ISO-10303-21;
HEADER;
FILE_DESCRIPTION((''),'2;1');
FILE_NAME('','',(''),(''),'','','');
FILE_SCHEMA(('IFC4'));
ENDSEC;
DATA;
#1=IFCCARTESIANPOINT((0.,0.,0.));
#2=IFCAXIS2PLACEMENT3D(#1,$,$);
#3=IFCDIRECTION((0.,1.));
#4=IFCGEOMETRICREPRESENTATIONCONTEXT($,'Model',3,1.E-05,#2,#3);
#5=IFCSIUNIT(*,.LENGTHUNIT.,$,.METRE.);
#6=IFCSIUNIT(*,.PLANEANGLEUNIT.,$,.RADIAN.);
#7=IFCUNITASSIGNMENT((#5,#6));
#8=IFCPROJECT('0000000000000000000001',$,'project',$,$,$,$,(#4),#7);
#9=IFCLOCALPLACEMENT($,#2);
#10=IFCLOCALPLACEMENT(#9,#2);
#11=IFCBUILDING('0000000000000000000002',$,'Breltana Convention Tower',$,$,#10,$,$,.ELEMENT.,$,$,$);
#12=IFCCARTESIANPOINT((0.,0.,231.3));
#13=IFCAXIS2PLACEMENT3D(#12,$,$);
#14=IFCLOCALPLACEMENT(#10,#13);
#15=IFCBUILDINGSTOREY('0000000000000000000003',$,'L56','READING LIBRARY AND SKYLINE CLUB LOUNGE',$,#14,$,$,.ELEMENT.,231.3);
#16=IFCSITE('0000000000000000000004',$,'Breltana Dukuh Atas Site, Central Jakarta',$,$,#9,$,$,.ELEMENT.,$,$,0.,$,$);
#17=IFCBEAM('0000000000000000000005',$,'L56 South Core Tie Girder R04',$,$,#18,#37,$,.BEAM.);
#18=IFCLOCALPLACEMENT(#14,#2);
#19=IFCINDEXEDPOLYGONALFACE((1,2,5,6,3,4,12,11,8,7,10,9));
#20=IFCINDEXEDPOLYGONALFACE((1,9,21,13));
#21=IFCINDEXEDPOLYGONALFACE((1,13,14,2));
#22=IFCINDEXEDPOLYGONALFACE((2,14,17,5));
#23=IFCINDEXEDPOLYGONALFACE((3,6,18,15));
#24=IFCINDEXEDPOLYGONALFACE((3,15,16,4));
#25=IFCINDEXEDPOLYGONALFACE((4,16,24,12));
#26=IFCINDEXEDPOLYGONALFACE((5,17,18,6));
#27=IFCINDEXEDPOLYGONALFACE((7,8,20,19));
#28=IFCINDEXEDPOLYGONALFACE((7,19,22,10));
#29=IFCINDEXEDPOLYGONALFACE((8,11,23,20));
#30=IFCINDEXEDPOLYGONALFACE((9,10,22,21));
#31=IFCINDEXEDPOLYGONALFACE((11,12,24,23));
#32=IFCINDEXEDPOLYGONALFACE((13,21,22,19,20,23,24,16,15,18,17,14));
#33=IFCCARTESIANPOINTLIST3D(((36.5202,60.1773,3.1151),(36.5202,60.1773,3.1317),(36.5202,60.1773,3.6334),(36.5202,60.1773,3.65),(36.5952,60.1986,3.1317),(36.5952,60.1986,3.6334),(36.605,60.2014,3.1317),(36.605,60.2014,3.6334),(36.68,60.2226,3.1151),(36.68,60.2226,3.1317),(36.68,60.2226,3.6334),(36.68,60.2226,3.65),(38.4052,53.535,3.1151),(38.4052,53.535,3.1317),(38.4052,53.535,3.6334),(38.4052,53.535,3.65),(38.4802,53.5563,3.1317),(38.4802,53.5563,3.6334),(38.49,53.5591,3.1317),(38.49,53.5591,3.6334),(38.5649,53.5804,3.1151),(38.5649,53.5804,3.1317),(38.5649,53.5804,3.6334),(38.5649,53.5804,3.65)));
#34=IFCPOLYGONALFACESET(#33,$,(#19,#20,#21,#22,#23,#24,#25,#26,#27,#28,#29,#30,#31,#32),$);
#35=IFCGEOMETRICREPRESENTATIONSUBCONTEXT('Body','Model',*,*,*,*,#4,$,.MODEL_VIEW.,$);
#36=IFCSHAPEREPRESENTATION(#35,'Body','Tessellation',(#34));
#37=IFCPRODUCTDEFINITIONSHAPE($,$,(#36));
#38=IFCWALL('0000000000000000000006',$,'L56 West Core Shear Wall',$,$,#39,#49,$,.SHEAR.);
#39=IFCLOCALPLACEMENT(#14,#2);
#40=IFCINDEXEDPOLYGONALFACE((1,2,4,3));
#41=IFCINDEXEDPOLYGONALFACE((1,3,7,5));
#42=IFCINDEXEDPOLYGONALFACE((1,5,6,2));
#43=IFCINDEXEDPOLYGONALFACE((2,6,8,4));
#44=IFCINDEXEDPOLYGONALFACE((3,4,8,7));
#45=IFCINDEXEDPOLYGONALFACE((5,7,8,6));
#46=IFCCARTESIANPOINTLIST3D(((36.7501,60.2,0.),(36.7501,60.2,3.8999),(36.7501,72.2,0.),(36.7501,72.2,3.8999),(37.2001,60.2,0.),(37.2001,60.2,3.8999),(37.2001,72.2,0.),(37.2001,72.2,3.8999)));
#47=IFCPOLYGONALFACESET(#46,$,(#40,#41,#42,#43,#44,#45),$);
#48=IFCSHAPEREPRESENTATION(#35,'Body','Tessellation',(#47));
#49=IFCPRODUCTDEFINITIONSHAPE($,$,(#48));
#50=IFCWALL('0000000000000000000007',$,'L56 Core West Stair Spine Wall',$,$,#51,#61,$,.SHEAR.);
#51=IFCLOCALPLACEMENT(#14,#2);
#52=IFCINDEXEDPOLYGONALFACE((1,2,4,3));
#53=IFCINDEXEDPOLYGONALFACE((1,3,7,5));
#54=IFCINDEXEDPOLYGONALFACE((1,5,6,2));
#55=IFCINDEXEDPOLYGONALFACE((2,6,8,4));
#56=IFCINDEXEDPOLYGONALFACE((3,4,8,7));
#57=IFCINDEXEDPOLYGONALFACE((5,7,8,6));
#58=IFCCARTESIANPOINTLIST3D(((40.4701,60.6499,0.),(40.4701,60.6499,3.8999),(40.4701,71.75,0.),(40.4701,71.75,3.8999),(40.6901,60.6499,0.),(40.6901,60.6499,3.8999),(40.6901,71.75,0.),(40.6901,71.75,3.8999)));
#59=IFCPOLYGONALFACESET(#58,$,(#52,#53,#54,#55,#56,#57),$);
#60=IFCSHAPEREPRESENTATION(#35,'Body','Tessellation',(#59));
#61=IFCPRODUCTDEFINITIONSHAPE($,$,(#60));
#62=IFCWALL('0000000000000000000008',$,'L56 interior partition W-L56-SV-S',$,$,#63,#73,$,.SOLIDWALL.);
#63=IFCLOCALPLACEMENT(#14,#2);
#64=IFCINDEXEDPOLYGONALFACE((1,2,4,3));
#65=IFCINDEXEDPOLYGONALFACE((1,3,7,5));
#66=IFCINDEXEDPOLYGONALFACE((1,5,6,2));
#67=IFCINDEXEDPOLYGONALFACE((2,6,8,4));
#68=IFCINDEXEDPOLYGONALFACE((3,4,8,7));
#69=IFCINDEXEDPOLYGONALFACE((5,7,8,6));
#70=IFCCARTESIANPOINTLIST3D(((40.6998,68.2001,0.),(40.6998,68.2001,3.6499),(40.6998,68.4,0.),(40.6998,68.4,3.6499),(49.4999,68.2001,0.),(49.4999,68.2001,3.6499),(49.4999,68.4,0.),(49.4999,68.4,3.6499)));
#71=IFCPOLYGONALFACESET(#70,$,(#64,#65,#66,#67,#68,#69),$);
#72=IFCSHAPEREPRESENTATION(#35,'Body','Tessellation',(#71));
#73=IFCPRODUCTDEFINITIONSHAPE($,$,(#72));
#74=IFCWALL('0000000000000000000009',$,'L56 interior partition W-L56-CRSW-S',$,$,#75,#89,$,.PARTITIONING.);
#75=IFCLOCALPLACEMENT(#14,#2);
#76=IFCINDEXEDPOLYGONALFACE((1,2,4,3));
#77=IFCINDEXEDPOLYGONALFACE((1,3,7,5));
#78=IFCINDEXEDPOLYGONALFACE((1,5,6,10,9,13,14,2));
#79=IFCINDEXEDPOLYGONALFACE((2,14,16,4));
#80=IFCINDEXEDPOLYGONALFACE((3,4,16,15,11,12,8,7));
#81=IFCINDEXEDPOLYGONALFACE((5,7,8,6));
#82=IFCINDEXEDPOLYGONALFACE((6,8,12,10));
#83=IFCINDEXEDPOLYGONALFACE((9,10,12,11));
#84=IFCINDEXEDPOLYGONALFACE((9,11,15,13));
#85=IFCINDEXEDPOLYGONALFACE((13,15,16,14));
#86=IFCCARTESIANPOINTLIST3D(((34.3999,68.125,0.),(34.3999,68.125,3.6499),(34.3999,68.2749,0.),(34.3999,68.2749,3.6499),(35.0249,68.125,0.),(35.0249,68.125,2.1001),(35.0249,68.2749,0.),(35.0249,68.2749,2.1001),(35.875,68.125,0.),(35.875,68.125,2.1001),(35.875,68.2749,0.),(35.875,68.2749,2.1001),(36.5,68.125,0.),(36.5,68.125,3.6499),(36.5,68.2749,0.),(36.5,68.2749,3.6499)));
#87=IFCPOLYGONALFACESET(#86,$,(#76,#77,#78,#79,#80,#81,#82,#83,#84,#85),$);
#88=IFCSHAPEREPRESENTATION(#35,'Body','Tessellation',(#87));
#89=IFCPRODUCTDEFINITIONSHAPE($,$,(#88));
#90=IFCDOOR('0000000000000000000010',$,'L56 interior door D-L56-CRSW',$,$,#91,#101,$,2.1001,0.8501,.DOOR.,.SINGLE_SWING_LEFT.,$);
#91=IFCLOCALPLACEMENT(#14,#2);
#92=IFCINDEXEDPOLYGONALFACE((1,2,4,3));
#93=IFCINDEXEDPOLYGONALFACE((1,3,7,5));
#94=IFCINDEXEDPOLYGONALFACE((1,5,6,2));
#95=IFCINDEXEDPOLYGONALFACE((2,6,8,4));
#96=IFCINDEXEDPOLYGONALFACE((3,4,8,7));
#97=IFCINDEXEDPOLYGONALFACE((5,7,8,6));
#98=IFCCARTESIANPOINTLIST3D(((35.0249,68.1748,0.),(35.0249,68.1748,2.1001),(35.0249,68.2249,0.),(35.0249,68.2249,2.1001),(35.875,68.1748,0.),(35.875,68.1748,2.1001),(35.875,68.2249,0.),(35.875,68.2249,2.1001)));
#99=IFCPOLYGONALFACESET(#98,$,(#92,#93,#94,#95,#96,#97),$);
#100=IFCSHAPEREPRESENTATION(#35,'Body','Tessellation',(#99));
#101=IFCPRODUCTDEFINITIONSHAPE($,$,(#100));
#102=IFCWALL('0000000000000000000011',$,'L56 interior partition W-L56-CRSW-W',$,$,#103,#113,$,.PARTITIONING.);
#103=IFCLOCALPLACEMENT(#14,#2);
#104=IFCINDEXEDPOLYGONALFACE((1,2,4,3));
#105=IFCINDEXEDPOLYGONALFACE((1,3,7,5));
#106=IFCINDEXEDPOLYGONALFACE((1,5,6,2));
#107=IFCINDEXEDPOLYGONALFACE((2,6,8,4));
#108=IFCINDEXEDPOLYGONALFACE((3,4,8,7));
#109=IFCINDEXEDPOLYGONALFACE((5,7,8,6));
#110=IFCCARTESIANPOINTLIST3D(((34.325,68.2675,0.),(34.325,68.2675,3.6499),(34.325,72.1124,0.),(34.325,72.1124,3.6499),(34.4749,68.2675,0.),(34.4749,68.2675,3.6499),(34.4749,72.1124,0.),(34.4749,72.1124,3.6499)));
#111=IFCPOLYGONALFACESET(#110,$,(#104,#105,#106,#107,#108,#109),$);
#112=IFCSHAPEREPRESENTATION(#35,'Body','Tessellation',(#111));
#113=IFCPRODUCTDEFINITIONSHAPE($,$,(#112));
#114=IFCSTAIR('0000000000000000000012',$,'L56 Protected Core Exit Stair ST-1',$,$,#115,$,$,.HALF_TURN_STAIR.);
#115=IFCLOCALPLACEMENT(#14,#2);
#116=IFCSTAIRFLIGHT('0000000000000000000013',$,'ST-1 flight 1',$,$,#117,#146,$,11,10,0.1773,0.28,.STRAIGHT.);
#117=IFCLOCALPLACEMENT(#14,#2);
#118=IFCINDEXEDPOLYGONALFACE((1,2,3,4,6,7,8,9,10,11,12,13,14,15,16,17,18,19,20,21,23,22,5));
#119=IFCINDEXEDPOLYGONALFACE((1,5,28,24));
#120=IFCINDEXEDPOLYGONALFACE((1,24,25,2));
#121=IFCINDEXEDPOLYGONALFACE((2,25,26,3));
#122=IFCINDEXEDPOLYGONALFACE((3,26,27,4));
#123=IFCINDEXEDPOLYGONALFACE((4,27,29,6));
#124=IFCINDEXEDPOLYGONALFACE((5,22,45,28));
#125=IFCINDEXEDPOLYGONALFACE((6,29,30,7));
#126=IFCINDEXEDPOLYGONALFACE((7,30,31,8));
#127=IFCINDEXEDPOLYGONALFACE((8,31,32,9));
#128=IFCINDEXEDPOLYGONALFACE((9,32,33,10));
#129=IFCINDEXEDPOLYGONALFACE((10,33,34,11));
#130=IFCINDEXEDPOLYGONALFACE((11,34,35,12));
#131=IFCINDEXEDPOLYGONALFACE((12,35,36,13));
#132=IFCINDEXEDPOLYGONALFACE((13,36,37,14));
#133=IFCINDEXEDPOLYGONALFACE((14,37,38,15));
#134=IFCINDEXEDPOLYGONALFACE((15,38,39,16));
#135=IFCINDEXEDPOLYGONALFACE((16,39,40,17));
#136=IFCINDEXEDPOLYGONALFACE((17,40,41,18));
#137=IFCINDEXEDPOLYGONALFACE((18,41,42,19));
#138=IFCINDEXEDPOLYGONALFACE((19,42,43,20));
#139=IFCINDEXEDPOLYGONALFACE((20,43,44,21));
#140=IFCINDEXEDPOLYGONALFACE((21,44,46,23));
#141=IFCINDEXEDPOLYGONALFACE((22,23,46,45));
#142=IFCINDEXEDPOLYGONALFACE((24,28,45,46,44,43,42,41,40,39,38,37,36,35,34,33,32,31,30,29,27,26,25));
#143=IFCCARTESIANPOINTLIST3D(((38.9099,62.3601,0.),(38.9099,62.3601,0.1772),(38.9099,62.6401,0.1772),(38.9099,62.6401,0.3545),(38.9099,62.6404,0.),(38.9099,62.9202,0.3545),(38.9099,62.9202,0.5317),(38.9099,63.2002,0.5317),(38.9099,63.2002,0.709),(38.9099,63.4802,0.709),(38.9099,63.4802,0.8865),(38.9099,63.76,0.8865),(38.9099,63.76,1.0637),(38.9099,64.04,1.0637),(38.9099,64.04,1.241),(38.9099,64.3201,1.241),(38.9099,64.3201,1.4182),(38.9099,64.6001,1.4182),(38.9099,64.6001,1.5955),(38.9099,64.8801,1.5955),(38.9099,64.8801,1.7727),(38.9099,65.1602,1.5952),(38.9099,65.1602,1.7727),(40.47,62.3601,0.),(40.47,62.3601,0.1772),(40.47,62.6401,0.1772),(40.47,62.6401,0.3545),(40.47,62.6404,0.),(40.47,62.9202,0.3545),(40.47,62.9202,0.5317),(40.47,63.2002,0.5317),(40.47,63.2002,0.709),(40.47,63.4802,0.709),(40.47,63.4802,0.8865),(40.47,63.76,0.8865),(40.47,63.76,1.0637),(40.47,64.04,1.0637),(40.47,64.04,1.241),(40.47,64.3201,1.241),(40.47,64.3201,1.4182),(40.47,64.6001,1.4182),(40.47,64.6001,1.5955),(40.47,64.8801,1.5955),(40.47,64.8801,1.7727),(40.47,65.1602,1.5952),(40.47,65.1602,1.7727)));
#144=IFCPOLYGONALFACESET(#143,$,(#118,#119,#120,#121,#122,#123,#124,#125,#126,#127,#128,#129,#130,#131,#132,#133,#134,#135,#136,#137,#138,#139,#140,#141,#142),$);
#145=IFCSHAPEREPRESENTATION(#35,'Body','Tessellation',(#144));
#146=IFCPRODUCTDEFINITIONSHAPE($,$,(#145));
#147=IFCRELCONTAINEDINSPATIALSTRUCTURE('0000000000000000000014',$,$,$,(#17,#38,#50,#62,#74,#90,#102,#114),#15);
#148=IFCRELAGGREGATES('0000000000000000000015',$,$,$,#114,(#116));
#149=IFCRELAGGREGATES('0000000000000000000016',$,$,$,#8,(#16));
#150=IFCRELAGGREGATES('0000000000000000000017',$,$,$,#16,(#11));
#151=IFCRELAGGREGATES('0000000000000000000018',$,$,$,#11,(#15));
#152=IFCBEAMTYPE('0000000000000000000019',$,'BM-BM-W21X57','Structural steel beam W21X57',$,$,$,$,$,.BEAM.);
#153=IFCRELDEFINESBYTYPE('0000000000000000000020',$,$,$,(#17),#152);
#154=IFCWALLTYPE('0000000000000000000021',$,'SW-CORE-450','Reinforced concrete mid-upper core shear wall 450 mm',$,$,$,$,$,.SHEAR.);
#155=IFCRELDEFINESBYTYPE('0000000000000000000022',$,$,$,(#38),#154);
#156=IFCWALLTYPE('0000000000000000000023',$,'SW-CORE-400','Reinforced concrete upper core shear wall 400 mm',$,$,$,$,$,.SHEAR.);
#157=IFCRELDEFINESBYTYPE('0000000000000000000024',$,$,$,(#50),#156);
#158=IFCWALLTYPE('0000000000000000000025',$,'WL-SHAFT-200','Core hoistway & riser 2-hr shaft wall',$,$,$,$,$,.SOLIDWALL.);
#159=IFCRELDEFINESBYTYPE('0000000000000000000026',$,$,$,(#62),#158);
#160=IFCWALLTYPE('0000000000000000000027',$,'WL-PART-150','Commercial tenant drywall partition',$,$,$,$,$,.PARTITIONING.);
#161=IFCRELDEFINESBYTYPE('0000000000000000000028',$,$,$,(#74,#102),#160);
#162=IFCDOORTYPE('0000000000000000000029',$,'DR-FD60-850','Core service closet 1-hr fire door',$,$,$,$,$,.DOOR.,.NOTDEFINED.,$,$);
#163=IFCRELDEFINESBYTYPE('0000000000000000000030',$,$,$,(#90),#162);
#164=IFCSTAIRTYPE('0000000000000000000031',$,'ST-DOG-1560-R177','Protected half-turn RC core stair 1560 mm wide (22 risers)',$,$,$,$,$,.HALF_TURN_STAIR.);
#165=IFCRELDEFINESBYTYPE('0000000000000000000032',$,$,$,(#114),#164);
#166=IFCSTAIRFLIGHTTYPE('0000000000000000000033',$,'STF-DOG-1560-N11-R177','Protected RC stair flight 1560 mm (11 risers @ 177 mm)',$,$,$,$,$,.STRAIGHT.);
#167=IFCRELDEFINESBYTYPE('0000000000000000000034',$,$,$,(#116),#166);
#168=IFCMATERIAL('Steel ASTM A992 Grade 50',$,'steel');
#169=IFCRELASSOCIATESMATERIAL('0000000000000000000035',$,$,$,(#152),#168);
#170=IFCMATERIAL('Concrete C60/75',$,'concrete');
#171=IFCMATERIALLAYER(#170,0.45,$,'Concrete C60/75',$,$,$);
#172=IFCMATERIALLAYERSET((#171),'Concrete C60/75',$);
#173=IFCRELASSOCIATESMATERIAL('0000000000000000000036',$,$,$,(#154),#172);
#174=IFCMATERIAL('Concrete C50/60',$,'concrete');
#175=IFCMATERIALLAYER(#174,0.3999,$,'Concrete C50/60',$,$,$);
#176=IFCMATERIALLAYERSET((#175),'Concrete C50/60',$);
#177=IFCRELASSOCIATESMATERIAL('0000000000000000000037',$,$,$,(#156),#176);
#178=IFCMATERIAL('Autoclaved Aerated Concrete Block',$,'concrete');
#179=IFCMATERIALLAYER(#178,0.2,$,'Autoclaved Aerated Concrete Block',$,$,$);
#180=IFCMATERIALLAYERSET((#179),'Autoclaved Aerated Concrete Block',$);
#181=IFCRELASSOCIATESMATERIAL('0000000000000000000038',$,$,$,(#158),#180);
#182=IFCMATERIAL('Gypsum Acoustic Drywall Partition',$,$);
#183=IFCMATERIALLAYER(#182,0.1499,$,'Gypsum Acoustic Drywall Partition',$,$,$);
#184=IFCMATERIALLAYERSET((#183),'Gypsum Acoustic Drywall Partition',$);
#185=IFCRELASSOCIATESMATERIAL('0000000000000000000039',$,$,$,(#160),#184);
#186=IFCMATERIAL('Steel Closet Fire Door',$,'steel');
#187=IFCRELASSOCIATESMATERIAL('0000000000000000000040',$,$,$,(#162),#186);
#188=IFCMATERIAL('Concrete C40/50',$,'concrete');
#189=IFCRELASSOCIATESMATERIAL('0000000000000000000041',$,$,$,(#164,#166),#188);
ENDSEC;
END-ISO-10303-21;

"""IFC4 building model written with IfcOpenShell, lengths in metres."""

from ifc_helpers import new_model, si_unit, direction, frame, frame_2d, origin, origin_2d, place, context, subcontext, project, spatial, polyline, rectangle, i_section, outline, extrude, source, transform, mapped, material, layer, layer_set, material_profile, profile_set, type_object, type_shapes, element, fill, aggregate, save


model = new_model("IFC4")

# Units and contexts
model_context = context("Model", 3, precision=1e-05, world=origin(), true_north=direction((0.0, 1.0)))
body_context = subcontext(model_context, "Body", "Model", "MODEL_VIEW")
ifc_project = project(units=[si_unit("LENGTHUNIT", "METRE"), si_unit("PLANEANGLEUNIT", "RADIAN")], contexts=[model_context])

# Site, building, storey
site_placement = place(None, origin())
site = spatial("IfcSite", under=ifc_project, at=site_placement, Name="Breltana Dukuh Atas Site, Central Jakarta", CompositionType="ELEMENT", RefElevation=0.0)
building_placement = place(site_placement, origin())
building = spatial("IfcBuilding", under=site, at=building_placement, Name="Breltana Convention Tower", CompositionType="ELEMENT")
storey_placement = place(building_placement, frame((0.0, 0.0, 231.3)))
storey = spatial("IfcBuildingStorey", under=building, at=storey_placement, Name="L56", Description="READING LIBRARY AND SKYLINE CLUB LOUNGE", CompositionType="ELEMENT", Elevation=231.3)

# Beam
ifc_material_1 = material(Name="Steel ASTM A992 Grade 50", Category="steel")
ifc_material_profile = material_profile(ifc_material_1, i_section(OverallWidth=0.166, OverallDepth=0.5349, WebThickness=0.0103, FlangeThickness=0.0166, at=origin_2d()), Name="W21X57")
ifc_profile_set = profile_set([ifc_material_profile], Name="Steel ASTM A992 Grade 50")
beam_type = type_object("IfcBeamType", Name="BM-BM-W21X57", Description="Structural steel beam W21X57", PredefinedType="BEAM", material=ifc_profile_set)
shared_shape_1 = source(origin(), body_context, "Body", "SweptSolid", [
    extrude(i_section(OverallWidth=0.166, OverallDepth=0.5349, WebThickness=0.0103, FlangeThickness=0.0166, at=origin_2d()), origin(), (0.0, 0.0, 1.0), 6.9045),
])
type_shapes(beam_type, [shared_shape_1])
beam_placement = place(storey_placement, frame((36.6001, 60.2, 3.3826), z_axis=(0.273007, -0.962012, 0.0), x_axis=(0.962012, 0.273007, 0.0)))
element("IfcBeam", 1, at=beam_placement, inside=storey, type_object=beam_type, Name="L56 South Core Tie Girder R04", PredefinedType="BEAM", context=body_context, shape_type="MappedRepresentation", body=[
    mapped(shared_shape_1, transform((0.0, 0.0, 0.0), scale=1.0)),
])

# Wall
ifc_material_2 = material(Name="Concrete C60/75", Category="concrete")
ifc_layer_1 = layer(ifc_material_2, 0.45, Name="Concrete C60/75")
ifc_layer_set_1 = layer_set([ifc_layer_1], Name="Concrete C60/75")
wall_type_1 = type_object("IfcWallType", Name="SW-CORE-450", Description="Reinforced concrete mid-upper core shear wall 450 mm", PredefinedType="SHEAR", material=ifc_layer_set_1)
shared_shape_2 = source(origin(), body_context, "Body", "SweptSolid", [
    extrude(rectangle(XDim=12.0, YDim=0.45, at=frame_2d((6.0, 0.0))), origin(), (0.0, 0.0, 1.0), 3.8999),
])
wall_1_placement = place(storey_placement, frame((36.9751, 60.2, 0.0), z_axis=(0.0, 0.0, 1.0), x_axis=(0.0, 1.0, 0.0)))
element("IfcWall", 2, at=wall_1_placement, inside=storey, type_object=wall_type_1, Name="L56 West Core Shear Wall", PredefinedType="SHEAR", context=body_context, shape_type="MappedRepresentation", body=[
    mapped(shared_shape_2, transform((0.0, 0.0, 0.0), scale=1.0)),
])

# Walls
ifc_material_3 = material(Name="Concrete C50/60", Category="concrete")
ifc_layer_2 = layer(ifc_material_3, 0.3999, Name="Concrete C50/60")
ifc_layer_set_2 = layer_set([ifc_layer_2], Name="Concrete C50/60")
wall_type_2 = type_object("IfcWallType", Name="SW-CORE-400", Description="Reinforced concrete upper core shear wall 400 mm", PredefinedType="SHEAR", material=ifc_layer_set_2)
shared_shape_3 = source(origin(), body_context, "Body", "SweptSolid", [
    extrude(rectangle(XDim=11.1001, YDim=0.22, at=frame_2d((5.55, 0.0))), origin(), (0.0, 0.0, 1.0), 3.8999),
])
wall_2_placement = place(storey_placement, frame((40.5801, 60.6499, 0.0), z_axis=(0.0, 0.0, 1.0), x_axis=(0.0, 1.0, 0.0)))
element("IfcWall", 3, at=wall_2_placement, inside=storey, type_object=wall_type_2, Name="L56 Core West Stair Spine Wall", PredefinedType="SHEAR", context=body_context, shape_type="MappedRepresentation", body=[
    mapped(shared_shape_3, transform((0.0, 0.0, 0.0), scale=1.0)),
])
ifc_material_4 = material(Name="Autoclaved Aerated Concrete Block", Category="concrete")
ifc_layer_3 = layer(ifc_material_4, 0.2, Name="Autoclaved Aerated Concrete Block")
ifc_layer_set_3 = layer_set([ifc_layer_3], Name="Autoclaved Aerated Concrete Block")
wall_type_3 = type_object("IfcWallType", Name="WL-SHAFT-200", Description="Core hoistway & riser 2-hr shaft wall", PredefinedType="SOLIDWALL", material=ifc_layer_set_3)
shared_shape_4 = source(origin(), body_context, "Body", "SweptSolid", [
    extrude(rectangle(XDim=8.8, YDim=0.2, at=frame_2d((4.3999, 0.0))), origin(), (0.0, 0.0, 1.0), 3.6499),
])
wall_3_placement = place(storey_placement, frame((40.7, 68.3, 0.0), z_axis=(0.0, 0.0, 1.0), x_axis=(1.0, 0.0, 0.0)))
element("IfcWall", 4, at=wall_3_placement, inside=storey, type_object=wall_type_3, Name="L56 interior partition W-L56-SV-S", PredefinedType="SOLIDWALL", context=body_context, shape_type="MappedRepresentation", body=[
    mapped(shared_shape_4, transform((0.0, 0.0, 0.0), scale=1.0)),
])

# Wall, opening, door
ifc_material_5 = material(Name="Gypsum Acoustic Drywall Partition")
ifc_layer_4 = layer(ifc_material_5, 0.1499, Name="Gypsum Acoustic Drywall Partition")
ifc_layer_set_4 = layer_set([ifc_layer_4], Name="Gypsum Acoustic Drywall Partition")
wall_type_4 = type_object("IfcWallType", Name="WL-PART-150", Description="Commercial tenant drywall partition", PredefinedType="PARTITIONING", material=ifc_layer_set_4)
shared_shape_5 = source(origin(), body_context, "Body", "SweptSolid", [
    extrude(rectangle(XDim=2.1001, YDim=0.1499, at=frame_2d((1.05, 0.0))), origin(), (0.0, 0.0, 1.0), 3.6499),
])
wall_4_placement = place(storey_placement, frame((34.3999, 68.2, 0.0), z_axis=(0.0, 0.0, 1.0), x_axis=(1.0, 0.0, 0.0)))
wall_4 = element("IfcWall", 5, at=wall_4_placement, inside=storey, type_object=wall_type_4, Name="L56 interior partition W-L56-CRSW-S", PredefinedType="PARTITIONING", context=body_context, shape_type="MappedRepresentation", body=[
    mapped(shared_shape_5, transform((0.0, 0.0, 0.0), scale=1.0)),
])
opening_1_placement = place(wall_4_placement, frame((0.625, 0.0, 0.0)))
opening_1 = element("IfcOpeningElement", 6, at=opening_1_placement, cuts=wall_4, PredefinedType="OPENING", context=body_context, shape_type="SweptSolid", body=[
    extrude(rectangle(XDim=0.8501, YDim=2.1001, at=frame_2d((0.425, 1.05))), frame((0.0, 0.085, 0.0), z_axis=(0.0, -1.0, 0.0), x_axis=(1.0, 0.0, 0.0)), (0.0, 0.0, 1.0), 0.1699),
])
ifc_material_6 = material(Name="Steel Closet Fire Door", Category="steel")
door_type_1 = type_object("IfcDoorType", Name="DR-FD60-850", Description="Core service closet 1-hr fire door", OperationType="NOTDEFINED", PredefinedType="DOOR", material=ifc_material_6)
shared_shape_6 = source(origin(), body_context, "Body", "SweptSolid", [
    extrude(rectangle(XDim=0.8501, YDim=2.1001, at=frame_2d((0.425, 1.05))), frame((0.0, 0.0249, 0.0), z_axis=(0.0, -1.0, 0.0), x_axis=(1.0, 0.0, 0.0)), (0.0, 0.0, 1.0), 0.05),
])
type_shapes(door_type_1, [shared_shape_6])
door_1_placement = place(opening_1_placement, origin())
door_1 = element("IfcDoor", 7, at=door_1_placement, inside=storey, type_object=door_type_1, Name="L56 interior door D-L56-CRSW", OperationType="SINGLE_SWING_LEFT", OverallHeight=2.1001, OverallWidth=0.8501, PredefinedType="DOOR", context=body_context, shape_type="MappedRepresentation", body=[
    mapped(shared_shape_6, transform((0.0, 0.0, 0.0), scale=1.0)),
])
fill(opening_1, door_1)

# Wall
shared_shape_7 = source(origin(), body_context, "Body", "SweptSolid", [
    extrude(rectangle(XDim=3.845, YDim=0.1499, at=frame_2d((1.9224, 0.0))), origin(), (0.0, 0.0, 1.0), 3.6499),
])
wall_5_placement = place(storey_placement, frame((34.3999, 68.2676, 0.0), z_axis=(0.0, 0.0, 1.0), x_axis=(0.0, 1.0, 0.0)))
element("IfcWall", 8, at=wall_5_placement, inside=storey, type_object=wall_type_4, Name="L56 interior partition W-L56-CRSW-W", PredefinedType="PARTITIONING", context=body_context, shape_type="MappedRepresentation", body=[
    mapped(shared_shape_7, transform((0.0, 0.0, 0.0), scale=1.0)),
])

# Stair, stair flight
ifc_material_7 = material(Name="Concrete C40/50", Category="concrete")
stair_type = type_object("IfcStairType", Name="ST-DOG-1560-R177", Description="Protected half-turn RC core stair 1560 mm wide (22 risers)", PredefinedType="HALF_TURN_STAIR", material=ifc_material_7)
stair_placement = place(storey_placement, origin())
stair = element("IfcStair", 9, at=stair_placement, inside=storey, type_object=stair_type, Name="L56 Protected Core Exit Stair ST-1", PredefinedType="HALF_TURN_STAIR")
stair_flight_type = type_object("IfcStairFlightType", Name="STF-DOG-1560-N11-R177", Description="Protected RC stair flight 1560 mm (11 risers @ 177 mm)", PredefinedType="STRAIGHT", material=ifc_material_7)
stair_flight_1_placement = place(storey_placement, frame((39.6899, 62.3601, 0.0), z_axis=(0.0, 0.0, 1.0), x_axis=(0.0, 1.0, 0.0)))
stair_flight_1 = element("IfcStairFlight", 10, at=stair_flight_1_placement, type_object=stair_flight_type, Name="ST-1 flight 1", NumberOfRisers=11, NumberOfTreads=10, PredefinedType="STRAIGHT", RiserHeight=0.1773, TreadLength=0.28, context=body_context, shape_type="SweptSolid", body=[
    extrude(outline(polyline([(0.0, 0.0), (0.0, 0.1772), (0.28, 0.1772), (0.28, 0.3545), (0.5601, 0.3545), (0.5601, 0.5317), (0.8401, 0.5317), (0.8401, 0.709), (1.1201, 0.709), (1.1201, 0.8865), (1.3999, 0.8865), (1.3999, 1.0637), (1.6799, 1.0637), (1.6799, 1.241), (1.96, 1.241), (1.96, 1.4182), (2.24, 1.4182), (2.24, 1.5955), (2.52, 1.5955), (2.52, 1.7727), (2.8, 1.7727), (2.8, 1.95), (2.8, 1.5952), (0.2803, 0.0), (0.0, 0.0)])), frame((0.0, 0.78, 0.0), z_axis=(0.0, -1.0, 0.0), x_axis=(1.0, 0.0, 0.0)), (0.0, 0.0, 1.0), 1.5601),
])
aggregate(stair, [stair_flight_1])

save(model, "model.ifc")
